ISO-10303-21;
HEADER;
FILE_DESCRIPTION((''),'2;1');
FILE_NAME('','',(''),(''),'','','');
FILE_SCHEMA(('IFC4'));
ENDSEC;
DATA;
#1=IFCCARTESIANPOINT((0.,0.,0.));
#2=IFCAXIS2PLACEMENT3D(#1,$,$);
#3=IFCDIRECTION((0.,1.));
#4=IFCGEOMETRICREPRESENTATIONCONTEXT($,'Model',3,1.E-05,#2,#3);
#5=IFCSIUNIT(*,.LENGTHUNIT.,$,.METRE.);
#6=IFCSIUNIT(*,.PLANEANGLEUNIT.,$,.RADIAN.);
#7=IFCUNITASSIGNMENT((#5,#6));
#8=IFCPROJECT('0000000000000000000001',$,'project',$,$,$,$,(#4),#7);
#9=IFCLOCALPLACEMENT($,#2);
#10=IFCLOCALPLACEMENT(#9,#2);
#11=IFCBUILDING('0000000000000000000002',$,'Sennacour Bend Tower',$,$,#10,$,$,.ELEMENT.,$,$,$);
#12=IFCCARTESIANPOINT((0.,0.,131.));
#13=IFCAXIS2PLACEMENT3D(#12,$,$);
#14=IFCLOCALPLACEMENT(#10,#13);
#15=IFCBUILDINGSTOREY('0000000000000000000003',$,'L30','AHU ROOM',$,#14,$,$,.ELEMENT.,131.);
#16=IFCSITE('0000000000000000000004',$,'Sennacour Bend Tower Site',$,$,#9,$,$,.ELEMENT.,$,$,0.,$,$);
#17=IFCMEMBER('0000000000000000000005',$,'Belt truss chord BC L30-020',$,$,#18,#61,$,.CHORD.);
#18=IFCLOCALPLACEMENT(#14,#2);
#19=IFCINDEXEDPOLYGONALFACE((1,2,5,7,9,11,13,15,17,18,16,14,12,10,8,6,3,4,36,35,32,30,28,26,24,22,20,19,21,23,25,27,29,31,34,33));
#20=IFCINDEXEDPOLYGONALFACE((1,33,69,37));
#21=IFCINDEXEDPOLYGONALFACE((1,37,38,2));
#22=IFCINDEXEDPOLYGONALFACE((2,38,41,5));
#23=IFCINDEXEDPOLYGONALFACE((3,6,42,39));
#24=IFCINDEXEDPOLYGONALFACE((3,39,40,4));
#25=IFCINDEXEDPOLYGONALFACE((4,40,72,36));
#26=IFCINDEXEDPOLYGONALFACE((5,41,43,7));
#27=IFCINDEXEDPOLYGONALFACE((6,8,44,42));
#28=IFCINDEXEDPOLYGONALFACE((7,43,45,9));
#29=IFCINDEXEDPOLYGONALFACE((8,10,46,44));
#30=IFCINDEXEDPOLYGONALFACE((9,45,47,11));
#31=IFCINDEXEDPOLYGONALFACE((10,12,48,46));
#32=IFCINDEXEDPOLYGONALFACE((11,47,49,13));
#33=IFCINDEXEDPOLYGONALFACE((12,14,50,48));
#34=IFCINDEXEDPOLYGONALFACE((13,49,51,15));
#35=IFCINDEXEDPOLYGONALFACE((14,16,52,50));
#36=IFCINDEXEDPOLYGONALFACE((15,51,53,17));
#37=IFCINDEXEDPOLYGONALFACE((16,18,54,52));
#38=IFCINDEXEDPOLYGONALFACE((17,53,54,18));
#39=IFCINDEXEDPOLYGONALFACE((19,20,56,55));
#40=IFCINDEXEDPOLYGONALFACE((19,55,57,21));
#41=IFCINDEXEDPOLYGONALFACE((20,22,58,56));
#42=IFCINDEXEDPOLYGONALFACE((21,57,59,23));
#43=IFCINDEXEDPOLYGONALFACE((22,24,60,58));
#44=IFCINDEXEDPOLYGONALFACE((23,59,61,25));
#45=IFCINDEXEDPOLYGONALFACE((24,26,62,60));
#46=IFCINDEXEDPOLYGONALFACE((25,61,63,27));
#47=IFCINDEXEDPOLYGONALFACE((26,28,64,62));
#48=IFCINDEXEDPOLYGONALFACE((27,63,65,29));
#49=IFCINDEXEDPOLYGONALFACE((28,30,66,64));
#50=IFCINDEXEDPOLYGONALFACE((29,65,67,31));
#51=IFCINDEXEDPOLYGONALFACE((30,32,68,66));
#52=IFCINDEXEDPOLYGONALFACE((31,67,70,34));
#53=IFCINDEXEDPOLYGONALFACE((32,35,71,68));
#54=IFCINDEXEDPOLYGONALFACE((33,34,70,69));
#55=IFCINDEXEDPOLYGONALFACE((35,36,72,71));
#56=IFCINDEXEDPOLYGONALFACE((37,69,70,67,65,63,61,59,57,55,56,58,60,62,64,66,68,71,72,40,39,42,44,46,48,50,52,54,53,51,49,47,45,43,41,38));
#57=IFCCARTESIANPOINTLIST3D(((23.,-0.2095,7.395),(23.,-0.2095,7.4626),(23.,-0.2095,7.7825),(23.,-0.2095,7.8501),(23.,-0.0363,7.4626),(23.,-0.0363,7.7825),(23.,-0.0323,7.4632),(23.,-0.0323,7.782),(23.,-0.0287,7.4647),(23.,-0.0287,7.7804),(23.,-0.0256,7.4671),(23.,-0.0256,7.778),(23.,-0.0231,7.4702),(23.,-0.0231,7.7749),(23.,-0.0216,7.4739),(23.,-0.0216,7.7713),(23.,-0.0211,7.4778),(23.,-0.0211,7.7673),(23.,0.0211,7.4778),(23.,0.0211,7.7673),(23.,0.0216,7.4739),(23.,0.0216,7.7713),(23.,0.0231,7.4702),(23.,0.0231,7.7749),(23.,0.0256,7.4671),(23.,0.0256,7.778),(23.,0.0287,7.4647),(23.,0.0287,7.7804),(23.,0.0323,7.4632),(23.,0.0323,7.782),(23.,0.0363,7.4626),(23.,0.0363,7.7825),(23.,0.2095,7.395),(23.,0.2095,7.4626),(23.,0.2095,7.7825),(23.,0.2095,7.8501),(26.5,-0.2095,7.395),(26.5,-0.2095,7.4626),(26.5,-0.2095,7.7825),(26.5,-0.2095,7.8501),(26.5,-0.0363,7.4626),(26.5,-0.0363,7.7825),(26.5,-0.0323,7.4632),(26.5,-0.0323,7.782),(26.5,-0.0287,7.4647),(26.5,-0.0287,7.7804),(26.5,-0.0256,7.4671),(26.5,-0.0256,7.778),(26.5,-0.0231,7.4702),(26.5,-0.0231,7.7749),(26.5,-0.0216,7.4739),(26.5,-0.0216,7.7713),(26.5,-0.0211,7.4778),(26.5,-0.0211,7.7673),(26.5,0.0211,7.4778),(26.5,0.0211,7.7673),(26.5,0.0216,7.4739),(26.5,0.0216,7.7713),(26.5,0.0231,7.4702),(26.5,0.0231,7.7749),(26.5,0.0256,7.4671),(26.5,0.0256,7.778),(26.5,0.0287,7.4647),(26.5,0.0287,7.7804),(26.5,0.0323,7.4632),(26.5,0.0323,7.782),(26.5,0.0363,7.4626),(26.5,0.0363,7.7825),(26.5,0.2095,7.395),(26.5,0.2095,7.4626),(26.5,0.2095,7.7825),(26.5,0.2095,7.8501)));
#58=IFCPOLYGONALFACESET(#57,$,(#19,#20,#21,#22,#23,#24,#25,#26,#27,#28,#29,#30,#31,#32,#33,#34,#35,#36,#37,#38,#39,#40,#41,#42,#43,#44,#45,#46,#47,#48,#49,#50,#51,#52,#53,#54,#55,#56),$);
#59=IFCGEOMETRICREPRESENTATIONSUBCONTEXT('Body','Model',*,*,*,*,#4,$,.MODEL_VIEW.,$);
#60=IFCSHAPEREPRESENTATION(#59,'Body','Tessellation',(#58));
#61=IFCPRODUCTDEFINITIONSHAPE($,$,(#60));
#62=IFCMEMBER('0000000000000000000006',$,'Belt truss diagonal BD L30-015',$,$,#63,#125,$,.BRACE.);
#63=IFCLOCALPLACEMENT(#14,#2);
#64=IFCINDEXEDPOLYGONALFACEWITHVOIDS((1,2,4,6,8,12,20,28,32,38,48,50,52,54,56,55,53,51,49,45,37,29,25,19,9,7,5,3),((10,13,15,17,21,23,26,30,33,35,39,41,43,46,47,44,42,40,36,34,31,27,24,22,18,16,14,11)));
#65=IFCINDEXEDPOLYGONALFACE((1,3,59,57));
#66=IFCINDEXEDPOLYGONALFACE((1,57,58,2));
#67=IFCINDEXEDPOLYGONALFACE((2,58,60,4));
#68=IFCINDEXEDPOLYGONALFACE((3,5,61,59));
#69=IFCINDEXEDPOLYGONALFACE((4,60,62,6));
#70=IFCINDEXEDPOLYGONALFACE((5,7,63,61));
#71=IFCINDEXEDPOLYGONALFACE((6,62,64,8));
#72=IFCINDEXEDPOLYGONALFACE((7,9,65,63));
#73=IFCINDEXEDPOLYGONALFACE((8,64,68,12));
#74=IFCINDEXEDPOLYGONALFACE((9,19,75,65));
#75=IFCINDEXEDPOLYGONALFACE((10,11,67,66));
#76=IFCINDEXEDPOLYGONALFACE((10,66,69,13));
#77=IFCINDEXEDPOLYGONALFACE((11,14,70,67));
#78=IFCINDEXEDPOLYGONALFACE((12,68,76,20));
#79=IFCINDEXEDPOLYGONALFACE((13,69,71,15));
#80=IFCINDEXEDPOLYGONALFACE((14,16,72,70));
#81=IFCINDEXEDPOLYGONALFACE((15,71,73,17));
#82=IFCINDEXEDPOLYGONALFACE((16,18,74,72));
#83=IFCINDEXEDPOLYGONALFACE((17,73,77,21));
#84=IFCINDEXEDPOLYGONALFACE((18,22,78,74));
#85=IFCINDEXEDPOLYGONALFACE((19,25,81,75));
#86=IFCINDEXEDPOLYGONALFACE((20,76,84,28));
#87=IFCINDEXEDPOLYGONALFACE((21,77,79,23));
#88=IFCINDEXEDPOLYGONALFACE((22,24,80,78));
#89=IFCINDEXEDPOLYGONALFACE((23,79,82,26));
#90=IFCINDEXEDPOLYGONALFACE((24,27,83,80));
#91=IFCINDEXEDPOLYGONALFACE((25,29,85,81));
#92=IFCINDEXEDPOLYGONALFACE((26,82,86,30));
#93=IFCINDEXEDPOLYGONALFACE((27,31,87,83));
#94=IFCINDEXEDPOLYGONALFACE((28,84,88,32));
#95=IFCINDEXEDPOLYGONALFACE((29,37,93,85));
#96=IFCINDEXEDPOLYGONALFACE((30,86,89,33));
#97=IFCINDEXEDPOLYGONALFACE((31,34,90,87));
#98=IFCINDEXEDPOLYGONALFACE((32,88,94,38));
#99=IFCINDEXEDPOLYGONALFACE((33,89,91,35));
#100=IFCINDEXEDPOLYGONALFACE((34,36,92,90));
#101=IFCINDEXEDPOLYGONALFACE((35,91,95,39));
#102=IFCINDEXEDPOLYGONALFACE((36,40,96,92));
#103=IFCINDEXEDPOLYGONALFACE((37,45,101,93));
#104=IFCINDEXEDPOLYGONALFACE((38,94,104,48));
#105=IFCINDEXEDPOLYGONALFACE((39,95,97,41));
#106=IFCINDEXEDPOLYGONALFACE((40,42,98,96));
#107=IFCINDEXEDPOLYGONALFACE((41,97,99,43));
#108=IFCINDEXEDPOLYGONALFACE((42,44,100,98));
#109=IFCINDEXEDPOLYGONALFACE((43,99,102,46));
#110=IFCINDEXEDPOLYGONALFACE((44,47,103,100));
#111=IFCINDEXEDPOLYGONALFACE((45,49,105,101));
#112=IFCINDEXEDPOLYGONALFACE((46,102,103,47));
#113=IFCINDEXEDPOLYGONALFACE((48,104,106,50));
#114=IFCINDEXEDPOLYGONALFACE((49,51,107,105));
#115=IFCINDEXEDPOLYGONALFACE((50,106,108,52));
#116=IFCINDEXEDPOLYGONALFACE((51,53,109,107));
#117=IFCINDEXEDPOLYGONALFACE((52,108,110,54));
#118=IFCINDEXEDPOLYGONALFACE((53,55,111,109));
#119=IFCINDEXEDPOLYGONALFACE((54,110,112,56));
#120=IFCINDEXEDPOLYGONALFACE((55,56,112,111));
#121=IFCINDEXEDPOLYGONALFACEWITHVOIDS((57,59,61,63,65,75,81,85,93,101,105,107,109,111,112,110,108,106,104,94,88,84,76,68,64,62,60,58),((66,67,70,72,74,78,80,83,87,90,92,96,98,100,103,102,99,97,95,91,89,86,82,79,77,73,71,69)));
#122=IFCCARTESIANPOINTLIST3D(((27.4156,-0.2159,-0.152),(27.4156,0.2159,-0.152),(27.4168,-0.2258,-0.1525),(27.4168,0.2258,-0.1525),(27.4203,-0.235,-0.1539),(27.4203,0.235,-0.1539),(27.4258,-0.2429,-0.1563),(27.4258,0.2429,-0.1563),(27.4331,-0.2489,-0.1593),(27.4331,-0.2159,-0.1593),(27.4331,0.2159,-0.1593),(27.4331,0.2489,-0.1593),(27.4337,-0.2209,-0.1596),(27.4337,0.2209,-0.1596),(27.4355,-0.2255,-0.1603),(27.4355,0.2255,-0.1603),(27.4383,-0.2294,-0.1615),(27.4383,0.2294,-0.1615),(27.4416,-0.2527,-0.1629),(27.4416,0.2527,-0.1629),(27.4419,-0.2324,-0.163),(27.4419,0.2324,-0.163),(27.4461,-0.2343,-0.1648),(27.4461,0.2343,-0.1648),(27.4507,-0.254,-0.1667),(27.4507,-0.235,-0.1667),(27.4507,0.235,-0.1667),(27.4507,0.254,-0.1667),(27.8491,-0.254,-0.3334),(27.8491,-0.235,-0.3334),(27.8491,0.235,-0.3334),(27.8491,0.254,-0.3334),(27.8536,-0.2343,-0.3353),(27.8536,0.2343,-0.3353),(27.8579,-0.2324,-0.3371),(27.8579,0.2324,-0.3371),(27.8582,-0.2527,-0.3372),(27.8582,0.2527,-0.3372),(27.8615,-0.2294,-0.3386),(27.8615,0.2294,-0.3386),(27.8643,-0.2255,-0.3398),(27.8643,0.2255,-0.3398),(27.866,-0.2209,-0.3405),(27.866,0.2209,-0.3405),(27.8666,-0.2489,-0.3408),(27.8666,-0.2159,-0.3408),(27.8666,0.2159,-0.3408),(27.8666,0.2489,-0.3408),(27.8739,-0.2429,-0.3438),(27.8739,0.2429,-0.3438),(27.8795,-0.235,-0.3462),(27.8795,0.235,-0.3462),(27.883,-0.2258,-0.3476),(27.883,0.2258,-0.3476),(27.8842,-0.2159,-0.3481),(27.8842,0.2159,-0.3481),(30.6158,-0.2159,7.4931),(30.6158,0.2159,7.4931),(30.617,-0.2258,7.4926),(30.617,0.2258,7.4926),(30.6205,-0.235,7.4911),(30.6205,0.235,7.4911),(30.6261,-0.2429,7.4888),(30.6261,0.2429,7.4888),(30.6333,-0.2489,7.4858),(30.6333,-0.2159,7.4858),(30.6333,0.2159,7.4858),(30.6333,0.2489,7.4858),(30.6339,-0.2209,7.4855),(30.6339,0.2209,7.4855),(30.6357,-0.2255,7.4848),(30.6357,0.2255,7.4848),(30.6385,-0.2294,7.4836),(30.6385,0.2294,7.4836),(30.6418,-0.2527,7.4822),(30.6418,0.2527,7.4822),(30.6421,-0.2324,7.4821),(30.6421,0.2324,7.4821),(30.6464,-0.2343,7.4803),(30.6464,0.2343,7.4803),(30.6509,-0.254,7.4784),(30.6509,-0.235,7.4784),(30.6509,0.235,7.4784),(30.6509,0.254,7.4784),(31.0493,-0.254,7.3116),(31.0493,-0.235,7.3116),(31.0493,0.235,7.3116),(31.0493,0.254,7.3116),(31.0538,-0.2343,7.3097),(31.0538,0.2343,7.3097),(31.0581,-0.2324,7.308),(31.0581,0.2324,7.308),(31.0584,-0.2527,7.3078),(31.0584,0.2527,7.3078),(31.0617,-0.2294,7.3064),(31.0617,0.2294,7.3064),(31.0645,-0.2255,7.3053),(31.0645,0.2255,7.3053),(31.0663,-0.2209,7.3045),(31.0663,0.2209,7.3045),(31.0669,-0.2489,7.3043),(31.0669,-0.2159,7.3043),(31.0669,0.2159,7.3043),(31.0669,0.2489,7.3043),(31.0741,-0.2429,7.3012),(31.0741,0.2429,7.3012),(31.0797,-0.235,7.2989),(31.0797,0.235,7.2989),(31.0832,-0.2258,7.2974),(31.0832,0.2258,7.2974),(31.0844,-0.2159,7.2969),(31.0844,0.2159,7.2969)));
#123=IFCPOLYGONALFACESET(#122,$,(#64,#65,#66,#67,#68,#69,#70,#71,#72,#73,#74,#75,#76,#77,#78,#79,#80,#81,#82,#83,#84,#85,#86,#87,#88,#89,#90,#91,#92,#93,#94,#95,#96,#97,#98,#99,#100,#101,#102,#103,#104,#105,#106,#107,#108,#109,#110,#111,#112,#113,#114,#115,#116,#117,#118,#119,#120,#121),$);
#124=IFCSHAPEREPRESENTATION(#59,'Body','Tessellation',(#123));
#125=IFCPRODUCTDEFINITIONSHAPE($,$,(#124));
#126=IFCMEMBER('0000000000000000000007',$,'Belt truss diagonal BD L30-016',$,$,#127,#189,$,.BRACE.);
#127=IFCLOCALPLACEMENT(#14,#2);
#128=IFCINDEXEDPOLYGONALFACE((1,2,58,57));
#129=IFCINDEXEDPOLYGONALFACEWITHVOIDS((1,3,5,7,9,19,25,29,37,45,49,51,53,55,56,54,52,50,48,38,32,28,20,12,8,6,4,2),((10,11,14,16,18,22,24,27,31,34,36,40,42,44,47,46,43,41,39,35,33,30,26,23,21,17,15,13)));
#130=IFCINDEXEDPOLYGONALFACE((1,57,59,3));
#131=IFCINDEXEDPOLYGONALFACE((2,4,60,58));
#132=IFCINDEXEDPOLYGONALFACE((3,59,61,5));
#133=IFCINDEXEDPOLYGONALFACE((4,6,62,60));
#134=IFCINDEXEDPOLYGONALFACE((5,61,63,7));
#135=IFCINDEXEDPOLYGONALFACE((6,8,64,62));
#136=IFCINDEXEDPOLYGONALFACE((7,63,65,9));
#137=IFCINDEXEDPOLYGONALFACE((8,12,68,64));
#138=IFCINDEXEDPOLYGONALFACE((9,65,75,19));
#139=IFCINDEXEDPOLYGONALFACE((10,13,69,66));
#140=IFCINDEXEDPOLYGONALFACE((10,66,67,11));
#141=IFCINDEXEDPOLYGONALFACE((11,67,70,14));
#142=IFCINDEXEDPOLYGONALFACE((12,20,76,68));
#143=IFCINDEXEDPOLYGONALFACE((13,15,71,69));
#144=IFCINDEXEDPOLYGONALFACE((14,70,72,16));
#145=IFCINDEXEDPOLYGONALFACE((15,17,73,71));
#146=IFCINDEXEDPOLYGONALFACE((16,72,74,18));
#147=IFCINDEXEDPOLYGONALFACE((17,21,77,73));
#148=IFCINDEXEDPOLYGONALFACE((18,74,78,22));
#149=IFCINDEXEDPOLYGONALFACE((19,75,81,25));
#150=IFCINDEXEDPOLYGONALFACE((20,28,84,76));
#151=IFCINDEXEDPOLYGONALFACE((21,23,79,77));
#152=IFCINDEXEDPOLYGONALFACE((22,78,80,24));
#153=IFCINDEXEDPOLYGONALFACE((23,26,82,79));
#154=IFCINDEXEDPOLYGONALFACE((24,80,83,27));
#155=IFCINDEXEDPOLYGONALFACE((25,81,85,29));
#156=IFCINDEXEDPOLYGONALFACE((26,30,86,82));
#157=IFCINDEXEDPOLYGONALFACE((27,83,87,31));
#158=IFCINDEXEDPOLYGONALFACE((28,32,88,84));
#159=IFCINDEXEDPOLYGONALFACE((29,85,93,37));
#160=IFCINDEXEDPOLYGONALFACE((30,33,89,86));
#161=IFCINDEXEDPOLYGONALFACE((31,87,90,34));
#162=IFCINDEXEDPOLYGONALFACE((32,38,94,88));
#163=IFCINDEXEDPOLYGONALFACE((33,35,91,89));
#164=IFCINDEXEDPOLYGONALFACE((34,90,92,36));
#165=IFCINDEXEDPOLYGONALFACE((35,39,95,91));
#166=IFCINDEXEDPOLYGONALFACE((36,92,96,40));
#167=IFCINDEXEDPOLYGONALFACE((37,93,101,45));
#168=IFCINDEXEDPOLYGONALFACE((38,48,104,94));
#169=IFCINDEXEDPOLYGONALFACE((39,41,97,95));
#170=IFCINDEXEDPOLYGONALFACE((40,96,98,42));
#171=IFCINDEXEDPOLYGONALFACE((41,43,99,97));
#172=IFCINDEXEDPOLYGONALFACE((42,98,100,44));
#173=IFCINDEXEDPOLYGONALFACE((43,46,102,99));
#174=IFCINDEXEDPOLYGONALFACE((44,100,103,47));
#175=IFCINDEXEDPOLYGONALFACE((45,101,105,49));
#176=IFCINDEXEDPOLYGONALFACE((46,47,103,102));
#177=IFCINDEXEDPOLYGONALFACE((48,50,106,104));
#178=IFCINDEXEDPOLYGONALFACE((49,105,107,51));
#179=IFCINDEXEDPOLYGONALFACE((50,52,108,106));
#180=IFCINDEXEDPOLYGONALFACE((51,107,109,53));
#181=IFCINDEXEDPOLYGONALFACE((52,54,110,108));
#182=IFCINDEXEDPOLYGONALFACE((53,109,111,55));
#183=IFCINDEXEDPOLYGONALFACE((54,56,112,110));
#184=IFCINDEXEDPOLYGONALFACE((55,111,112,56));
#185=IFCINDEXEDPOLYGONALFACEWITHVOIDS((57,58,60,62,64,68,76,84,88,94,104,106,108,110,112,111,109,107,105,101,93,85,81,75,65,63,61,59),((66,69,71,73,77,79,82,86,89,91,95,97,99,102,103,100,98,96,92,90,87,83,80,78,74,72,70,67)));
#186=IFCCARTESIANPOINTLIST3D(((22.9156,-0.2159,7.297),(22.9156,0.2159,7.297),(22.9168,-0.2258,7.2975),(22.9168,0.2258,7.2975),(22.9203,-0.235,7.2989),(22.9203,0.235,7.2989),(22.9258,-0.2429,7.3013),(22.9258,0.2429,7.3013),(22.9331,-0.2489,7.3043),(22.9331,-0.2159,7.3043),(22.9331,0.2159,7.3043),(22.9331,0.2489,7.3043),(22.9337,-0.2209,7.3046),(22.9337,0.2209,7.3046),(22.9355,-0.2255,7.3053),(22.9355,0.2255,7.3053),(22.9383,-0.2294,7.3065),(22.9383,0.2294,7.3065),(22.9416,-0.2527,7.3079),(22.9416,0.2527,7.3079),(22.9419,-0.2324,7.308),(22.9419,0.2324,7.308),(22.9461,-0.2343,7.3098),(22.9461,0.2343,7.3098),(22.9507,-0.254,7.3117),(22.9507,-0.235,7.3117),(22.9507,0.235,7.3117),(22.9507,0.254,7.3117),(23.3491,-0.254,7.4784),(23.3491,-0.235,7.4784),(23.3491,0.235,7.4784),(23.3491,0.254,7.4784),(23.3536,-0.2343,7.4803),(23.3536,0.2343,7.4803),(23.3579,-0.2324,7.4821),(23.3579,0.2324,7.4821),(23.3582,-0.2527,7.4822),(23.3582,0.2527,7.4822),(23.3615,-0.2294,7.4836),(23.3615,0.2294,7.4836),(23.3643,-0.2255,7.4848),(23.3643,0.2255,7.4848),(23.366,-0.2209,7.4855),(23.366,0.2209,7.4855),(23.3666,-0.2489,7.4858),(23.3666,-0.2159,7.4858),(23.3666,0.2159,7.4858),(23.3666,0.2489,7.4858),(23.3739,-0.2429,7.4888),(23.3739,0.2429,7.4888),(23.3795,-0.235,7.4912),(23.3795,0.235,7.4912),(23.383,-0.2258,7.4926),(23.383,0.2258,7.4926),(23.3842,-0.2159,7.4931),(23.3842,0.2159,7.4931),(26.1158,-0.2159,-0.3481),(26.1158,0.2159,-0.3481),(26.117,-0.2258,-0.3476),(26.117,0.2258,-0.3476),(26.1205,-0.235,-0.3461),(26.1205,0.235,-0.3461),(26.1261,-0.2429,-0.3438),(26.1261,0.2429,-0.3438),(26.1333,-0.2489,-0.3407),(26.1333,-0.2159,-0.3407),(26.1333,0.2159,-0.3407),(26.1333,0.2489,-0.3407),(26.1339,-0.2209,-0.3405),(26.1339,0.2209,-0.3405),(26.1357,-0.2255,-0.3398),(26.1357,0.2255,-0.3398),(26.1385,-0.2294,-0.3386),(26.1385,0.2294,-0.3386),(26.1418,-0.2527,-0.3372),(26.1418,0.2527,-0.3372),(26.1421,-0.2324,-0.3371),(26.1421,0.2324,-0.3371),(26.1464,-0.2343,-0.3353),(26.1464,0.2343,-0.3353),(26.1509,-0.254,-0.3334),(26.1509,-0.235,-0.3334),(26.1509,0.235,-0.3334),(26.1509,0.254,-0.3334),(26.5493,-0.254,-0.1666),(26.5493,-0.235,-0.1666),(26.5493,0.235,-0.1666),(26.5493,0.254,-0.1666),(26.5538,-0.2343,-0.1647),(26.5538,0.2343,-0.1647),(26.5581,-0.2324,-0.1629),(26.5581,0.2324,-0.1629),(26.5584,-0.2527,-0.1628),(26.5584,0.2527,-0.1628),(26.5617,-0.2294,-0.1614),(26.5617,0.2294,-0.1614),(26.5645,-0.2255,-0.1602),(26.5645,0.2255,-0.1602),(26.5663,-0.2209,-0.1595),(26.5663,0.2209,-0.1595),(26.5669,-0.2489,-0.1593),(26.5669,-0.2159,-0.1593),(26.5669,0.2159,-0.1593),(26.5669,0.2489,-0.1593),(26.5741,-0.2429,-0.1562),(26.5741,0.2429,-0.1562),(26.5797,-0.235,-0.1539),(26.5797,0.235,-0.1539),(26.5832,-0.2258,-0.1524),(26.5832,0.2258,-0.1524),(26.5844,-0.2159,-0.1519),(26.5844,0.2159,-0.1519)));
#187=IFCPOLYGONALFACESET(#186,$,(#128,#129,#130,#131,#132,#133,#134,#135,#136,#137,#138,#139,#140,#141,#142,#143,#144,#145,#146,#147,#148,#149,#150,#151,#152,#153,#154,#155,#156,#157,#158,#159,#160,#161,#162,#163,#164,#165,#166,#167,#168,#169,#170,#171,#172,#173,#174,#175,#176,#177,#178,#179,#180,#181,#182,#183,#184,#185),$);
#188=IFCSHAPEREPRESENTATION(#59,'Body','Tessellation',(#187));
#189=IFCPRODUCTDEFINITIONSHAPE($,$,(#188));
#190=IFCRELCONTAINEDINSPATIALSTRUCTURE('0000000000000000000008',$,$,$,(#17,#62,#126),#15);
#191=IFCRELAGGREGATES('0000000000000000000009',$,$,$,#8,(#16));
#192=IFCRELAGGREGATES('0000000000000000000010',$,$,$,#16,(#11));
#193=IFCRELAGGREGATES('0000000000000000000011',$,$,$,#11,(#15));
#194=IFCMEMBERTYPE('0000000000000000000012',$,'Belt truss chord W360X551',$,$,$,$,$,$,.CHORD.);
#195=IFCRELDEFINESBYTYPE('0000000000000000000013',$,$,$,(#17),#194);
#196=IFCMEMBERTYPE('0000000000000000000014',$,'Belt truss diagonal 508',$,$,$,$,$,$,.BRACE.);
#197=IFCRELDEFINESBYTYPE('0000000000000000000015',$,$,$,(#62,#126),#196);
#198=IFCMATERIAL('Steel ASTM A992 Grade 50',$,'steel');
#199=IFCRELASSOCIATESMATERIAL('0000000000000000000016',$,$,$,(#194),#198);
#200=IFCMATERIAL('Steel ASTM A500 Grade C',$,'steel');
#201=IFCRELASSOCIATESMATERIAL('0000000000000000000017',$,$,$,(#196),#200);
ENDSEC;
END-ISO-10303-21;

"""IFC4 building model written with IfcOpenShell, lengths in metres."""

from ifc_helpers import new_model, si_unit, direction, frame, origin, origin_2d, place, context, subcontext, project, spatial, hollow_rectangle, i_section, extrude, material, material_profile, profile_set, type_object, element, save


model = new_model("IFC4")

# Units and contexts
model_context = context("Model", 3, precision=1e-05, world=origin(), true_north=direction((0.0, 1.0)))
body_context = subcontext(model_context, "Body", "Model", "MODEL_VIEW")
ifc_project = project(units=[si_unit("LENGTHUNIT", "METRE"), si_unit("PLANEANGLEUNIT", "RADIAN")], contexts=[model_context])

# Site, building, storey
site_placement = place(None, origin())
site = spatial("IfcSite", under=ifc_project, at=site_placement, Name="Sennacour Bend Tower Site", CompositionType="ELEMENT", RefElevation=0.0)
building_placement = place(site_placement, origin())
building = spatial("IfcBuilding", under=site, at=building_placement, Name="Sennacour Bend Tower", CompositionType="ELEMENT")
storey_placement = place(building_placement, frame((0.0, 0.0, 131.0)))
storey = spatial("IfcBuildingStorey", under=building, at=storey_placement, Name="L30", Description="AHU ROOM", CompositionType="ELEMENT", Elevation=131.0)

# Members
ifc_material_1 = material(Name="Steel ASTM A992 Grade 50", Category="steel")
ifc_material_profile_1 = material_profile(ifc_material_1, i_section(OverallWidth=0.4189, OverallDepth=0.4551, WebThickness=0.0422, FlangeThickness=0.0676, FilletRadius=0.0151, at=origin_2d()), Name="Steel ASTM A992 Grade 50", Category="steel")
ifc_profile_set_1 = profile_set([ifc_material_profile_1], Name="Steel ASTM A992 Grade 50")
member_type_1 = type_object("IfcMemberType", Name="Belt truss chord W360X551", PredefinedType="CHORD", material=ifc_profile_set_1)
for number, where, z_axis, x_axis, name in (
    (1, (26.5, 0.0, 7.6226), (-1.0, 0.0, 0.0), (0.0, -1.0, 0.0), "Belt truss chord BC L30-020"),
):
    element("IfcMember", number, at=place(storey_placement, frame(where, z_axis=z_axis, x_axis=x_axis)), inside=storey, type_object=member_type_1, Name=name, PredefinedType="CHORD", context=body_context, shape_type="SweptSolid", body=[
        extrude(i_section(OverallWidth=0.4189, OverallDepth=0.4551, WebThickness=0.0422, FlangeThickness=0.0676, FilletRadius=0.0151, at=origin_2d()), origin(), (0.0, 0.0, 1.0), 3.5),
    ])
ifc_material_2 = material(Name="Steel ASTM A500 Grade C", Category="steel")
ifc_material_profile_2 = material_profile(ifc_material_2, hollow_rectangle(XDim=0.5081, YDim=0.5081, WallThickness=0.019, InnerFilletRadius=0.019, OuterFilletRadius=0.0381, at=origin_2d()), Name="Steel ASTM A500 Grade C", Category="steel")
ifc_profile_set_2 = profile_set([ifc_material_profile_2], Name="Steel ASTM A500 Grade C")
member_type_2 = type_object("IfcMemberType", Name="Belt truss diagonal 508", PredefinedType="BRACE", material=ifc_profile_set_2)
for number, where, z_axis, x_axis, name in (
    (2, (30.8501, 0.0, 7.395), (-0.386133, 0.0, -0.922443), (0.0, -1.0, 0.0), "Belt truss diagonal BD L30-015"),
    (3, (26.3501, 0.0, -0.25), (-0.386133, 0.0, 0.922443), (0.0, -1.0, 0.0), "Belt truss diagonal BD L30-016"),
):
    element("IfcMember", number, at=place(storey_placement, frame(where, z_axis=z_axis, x_axis=x_axis)), inside=storey, type_object=member_type_2, Name=name, PredefinedType="BRACE", context=body_context, shape_type="SweptSolid", body=[
        extrude(hollow_rectangle(XDim=0.5081, YDim=0.5081, WallThickness=0.019, InnerFilletRadius=0.019, OuterFilletRadius=0.0381, at=origin_2d()), origin(), (0.0, 0.0, 1.0), 8.2878),
    ])

save(model, "model.ifc")
